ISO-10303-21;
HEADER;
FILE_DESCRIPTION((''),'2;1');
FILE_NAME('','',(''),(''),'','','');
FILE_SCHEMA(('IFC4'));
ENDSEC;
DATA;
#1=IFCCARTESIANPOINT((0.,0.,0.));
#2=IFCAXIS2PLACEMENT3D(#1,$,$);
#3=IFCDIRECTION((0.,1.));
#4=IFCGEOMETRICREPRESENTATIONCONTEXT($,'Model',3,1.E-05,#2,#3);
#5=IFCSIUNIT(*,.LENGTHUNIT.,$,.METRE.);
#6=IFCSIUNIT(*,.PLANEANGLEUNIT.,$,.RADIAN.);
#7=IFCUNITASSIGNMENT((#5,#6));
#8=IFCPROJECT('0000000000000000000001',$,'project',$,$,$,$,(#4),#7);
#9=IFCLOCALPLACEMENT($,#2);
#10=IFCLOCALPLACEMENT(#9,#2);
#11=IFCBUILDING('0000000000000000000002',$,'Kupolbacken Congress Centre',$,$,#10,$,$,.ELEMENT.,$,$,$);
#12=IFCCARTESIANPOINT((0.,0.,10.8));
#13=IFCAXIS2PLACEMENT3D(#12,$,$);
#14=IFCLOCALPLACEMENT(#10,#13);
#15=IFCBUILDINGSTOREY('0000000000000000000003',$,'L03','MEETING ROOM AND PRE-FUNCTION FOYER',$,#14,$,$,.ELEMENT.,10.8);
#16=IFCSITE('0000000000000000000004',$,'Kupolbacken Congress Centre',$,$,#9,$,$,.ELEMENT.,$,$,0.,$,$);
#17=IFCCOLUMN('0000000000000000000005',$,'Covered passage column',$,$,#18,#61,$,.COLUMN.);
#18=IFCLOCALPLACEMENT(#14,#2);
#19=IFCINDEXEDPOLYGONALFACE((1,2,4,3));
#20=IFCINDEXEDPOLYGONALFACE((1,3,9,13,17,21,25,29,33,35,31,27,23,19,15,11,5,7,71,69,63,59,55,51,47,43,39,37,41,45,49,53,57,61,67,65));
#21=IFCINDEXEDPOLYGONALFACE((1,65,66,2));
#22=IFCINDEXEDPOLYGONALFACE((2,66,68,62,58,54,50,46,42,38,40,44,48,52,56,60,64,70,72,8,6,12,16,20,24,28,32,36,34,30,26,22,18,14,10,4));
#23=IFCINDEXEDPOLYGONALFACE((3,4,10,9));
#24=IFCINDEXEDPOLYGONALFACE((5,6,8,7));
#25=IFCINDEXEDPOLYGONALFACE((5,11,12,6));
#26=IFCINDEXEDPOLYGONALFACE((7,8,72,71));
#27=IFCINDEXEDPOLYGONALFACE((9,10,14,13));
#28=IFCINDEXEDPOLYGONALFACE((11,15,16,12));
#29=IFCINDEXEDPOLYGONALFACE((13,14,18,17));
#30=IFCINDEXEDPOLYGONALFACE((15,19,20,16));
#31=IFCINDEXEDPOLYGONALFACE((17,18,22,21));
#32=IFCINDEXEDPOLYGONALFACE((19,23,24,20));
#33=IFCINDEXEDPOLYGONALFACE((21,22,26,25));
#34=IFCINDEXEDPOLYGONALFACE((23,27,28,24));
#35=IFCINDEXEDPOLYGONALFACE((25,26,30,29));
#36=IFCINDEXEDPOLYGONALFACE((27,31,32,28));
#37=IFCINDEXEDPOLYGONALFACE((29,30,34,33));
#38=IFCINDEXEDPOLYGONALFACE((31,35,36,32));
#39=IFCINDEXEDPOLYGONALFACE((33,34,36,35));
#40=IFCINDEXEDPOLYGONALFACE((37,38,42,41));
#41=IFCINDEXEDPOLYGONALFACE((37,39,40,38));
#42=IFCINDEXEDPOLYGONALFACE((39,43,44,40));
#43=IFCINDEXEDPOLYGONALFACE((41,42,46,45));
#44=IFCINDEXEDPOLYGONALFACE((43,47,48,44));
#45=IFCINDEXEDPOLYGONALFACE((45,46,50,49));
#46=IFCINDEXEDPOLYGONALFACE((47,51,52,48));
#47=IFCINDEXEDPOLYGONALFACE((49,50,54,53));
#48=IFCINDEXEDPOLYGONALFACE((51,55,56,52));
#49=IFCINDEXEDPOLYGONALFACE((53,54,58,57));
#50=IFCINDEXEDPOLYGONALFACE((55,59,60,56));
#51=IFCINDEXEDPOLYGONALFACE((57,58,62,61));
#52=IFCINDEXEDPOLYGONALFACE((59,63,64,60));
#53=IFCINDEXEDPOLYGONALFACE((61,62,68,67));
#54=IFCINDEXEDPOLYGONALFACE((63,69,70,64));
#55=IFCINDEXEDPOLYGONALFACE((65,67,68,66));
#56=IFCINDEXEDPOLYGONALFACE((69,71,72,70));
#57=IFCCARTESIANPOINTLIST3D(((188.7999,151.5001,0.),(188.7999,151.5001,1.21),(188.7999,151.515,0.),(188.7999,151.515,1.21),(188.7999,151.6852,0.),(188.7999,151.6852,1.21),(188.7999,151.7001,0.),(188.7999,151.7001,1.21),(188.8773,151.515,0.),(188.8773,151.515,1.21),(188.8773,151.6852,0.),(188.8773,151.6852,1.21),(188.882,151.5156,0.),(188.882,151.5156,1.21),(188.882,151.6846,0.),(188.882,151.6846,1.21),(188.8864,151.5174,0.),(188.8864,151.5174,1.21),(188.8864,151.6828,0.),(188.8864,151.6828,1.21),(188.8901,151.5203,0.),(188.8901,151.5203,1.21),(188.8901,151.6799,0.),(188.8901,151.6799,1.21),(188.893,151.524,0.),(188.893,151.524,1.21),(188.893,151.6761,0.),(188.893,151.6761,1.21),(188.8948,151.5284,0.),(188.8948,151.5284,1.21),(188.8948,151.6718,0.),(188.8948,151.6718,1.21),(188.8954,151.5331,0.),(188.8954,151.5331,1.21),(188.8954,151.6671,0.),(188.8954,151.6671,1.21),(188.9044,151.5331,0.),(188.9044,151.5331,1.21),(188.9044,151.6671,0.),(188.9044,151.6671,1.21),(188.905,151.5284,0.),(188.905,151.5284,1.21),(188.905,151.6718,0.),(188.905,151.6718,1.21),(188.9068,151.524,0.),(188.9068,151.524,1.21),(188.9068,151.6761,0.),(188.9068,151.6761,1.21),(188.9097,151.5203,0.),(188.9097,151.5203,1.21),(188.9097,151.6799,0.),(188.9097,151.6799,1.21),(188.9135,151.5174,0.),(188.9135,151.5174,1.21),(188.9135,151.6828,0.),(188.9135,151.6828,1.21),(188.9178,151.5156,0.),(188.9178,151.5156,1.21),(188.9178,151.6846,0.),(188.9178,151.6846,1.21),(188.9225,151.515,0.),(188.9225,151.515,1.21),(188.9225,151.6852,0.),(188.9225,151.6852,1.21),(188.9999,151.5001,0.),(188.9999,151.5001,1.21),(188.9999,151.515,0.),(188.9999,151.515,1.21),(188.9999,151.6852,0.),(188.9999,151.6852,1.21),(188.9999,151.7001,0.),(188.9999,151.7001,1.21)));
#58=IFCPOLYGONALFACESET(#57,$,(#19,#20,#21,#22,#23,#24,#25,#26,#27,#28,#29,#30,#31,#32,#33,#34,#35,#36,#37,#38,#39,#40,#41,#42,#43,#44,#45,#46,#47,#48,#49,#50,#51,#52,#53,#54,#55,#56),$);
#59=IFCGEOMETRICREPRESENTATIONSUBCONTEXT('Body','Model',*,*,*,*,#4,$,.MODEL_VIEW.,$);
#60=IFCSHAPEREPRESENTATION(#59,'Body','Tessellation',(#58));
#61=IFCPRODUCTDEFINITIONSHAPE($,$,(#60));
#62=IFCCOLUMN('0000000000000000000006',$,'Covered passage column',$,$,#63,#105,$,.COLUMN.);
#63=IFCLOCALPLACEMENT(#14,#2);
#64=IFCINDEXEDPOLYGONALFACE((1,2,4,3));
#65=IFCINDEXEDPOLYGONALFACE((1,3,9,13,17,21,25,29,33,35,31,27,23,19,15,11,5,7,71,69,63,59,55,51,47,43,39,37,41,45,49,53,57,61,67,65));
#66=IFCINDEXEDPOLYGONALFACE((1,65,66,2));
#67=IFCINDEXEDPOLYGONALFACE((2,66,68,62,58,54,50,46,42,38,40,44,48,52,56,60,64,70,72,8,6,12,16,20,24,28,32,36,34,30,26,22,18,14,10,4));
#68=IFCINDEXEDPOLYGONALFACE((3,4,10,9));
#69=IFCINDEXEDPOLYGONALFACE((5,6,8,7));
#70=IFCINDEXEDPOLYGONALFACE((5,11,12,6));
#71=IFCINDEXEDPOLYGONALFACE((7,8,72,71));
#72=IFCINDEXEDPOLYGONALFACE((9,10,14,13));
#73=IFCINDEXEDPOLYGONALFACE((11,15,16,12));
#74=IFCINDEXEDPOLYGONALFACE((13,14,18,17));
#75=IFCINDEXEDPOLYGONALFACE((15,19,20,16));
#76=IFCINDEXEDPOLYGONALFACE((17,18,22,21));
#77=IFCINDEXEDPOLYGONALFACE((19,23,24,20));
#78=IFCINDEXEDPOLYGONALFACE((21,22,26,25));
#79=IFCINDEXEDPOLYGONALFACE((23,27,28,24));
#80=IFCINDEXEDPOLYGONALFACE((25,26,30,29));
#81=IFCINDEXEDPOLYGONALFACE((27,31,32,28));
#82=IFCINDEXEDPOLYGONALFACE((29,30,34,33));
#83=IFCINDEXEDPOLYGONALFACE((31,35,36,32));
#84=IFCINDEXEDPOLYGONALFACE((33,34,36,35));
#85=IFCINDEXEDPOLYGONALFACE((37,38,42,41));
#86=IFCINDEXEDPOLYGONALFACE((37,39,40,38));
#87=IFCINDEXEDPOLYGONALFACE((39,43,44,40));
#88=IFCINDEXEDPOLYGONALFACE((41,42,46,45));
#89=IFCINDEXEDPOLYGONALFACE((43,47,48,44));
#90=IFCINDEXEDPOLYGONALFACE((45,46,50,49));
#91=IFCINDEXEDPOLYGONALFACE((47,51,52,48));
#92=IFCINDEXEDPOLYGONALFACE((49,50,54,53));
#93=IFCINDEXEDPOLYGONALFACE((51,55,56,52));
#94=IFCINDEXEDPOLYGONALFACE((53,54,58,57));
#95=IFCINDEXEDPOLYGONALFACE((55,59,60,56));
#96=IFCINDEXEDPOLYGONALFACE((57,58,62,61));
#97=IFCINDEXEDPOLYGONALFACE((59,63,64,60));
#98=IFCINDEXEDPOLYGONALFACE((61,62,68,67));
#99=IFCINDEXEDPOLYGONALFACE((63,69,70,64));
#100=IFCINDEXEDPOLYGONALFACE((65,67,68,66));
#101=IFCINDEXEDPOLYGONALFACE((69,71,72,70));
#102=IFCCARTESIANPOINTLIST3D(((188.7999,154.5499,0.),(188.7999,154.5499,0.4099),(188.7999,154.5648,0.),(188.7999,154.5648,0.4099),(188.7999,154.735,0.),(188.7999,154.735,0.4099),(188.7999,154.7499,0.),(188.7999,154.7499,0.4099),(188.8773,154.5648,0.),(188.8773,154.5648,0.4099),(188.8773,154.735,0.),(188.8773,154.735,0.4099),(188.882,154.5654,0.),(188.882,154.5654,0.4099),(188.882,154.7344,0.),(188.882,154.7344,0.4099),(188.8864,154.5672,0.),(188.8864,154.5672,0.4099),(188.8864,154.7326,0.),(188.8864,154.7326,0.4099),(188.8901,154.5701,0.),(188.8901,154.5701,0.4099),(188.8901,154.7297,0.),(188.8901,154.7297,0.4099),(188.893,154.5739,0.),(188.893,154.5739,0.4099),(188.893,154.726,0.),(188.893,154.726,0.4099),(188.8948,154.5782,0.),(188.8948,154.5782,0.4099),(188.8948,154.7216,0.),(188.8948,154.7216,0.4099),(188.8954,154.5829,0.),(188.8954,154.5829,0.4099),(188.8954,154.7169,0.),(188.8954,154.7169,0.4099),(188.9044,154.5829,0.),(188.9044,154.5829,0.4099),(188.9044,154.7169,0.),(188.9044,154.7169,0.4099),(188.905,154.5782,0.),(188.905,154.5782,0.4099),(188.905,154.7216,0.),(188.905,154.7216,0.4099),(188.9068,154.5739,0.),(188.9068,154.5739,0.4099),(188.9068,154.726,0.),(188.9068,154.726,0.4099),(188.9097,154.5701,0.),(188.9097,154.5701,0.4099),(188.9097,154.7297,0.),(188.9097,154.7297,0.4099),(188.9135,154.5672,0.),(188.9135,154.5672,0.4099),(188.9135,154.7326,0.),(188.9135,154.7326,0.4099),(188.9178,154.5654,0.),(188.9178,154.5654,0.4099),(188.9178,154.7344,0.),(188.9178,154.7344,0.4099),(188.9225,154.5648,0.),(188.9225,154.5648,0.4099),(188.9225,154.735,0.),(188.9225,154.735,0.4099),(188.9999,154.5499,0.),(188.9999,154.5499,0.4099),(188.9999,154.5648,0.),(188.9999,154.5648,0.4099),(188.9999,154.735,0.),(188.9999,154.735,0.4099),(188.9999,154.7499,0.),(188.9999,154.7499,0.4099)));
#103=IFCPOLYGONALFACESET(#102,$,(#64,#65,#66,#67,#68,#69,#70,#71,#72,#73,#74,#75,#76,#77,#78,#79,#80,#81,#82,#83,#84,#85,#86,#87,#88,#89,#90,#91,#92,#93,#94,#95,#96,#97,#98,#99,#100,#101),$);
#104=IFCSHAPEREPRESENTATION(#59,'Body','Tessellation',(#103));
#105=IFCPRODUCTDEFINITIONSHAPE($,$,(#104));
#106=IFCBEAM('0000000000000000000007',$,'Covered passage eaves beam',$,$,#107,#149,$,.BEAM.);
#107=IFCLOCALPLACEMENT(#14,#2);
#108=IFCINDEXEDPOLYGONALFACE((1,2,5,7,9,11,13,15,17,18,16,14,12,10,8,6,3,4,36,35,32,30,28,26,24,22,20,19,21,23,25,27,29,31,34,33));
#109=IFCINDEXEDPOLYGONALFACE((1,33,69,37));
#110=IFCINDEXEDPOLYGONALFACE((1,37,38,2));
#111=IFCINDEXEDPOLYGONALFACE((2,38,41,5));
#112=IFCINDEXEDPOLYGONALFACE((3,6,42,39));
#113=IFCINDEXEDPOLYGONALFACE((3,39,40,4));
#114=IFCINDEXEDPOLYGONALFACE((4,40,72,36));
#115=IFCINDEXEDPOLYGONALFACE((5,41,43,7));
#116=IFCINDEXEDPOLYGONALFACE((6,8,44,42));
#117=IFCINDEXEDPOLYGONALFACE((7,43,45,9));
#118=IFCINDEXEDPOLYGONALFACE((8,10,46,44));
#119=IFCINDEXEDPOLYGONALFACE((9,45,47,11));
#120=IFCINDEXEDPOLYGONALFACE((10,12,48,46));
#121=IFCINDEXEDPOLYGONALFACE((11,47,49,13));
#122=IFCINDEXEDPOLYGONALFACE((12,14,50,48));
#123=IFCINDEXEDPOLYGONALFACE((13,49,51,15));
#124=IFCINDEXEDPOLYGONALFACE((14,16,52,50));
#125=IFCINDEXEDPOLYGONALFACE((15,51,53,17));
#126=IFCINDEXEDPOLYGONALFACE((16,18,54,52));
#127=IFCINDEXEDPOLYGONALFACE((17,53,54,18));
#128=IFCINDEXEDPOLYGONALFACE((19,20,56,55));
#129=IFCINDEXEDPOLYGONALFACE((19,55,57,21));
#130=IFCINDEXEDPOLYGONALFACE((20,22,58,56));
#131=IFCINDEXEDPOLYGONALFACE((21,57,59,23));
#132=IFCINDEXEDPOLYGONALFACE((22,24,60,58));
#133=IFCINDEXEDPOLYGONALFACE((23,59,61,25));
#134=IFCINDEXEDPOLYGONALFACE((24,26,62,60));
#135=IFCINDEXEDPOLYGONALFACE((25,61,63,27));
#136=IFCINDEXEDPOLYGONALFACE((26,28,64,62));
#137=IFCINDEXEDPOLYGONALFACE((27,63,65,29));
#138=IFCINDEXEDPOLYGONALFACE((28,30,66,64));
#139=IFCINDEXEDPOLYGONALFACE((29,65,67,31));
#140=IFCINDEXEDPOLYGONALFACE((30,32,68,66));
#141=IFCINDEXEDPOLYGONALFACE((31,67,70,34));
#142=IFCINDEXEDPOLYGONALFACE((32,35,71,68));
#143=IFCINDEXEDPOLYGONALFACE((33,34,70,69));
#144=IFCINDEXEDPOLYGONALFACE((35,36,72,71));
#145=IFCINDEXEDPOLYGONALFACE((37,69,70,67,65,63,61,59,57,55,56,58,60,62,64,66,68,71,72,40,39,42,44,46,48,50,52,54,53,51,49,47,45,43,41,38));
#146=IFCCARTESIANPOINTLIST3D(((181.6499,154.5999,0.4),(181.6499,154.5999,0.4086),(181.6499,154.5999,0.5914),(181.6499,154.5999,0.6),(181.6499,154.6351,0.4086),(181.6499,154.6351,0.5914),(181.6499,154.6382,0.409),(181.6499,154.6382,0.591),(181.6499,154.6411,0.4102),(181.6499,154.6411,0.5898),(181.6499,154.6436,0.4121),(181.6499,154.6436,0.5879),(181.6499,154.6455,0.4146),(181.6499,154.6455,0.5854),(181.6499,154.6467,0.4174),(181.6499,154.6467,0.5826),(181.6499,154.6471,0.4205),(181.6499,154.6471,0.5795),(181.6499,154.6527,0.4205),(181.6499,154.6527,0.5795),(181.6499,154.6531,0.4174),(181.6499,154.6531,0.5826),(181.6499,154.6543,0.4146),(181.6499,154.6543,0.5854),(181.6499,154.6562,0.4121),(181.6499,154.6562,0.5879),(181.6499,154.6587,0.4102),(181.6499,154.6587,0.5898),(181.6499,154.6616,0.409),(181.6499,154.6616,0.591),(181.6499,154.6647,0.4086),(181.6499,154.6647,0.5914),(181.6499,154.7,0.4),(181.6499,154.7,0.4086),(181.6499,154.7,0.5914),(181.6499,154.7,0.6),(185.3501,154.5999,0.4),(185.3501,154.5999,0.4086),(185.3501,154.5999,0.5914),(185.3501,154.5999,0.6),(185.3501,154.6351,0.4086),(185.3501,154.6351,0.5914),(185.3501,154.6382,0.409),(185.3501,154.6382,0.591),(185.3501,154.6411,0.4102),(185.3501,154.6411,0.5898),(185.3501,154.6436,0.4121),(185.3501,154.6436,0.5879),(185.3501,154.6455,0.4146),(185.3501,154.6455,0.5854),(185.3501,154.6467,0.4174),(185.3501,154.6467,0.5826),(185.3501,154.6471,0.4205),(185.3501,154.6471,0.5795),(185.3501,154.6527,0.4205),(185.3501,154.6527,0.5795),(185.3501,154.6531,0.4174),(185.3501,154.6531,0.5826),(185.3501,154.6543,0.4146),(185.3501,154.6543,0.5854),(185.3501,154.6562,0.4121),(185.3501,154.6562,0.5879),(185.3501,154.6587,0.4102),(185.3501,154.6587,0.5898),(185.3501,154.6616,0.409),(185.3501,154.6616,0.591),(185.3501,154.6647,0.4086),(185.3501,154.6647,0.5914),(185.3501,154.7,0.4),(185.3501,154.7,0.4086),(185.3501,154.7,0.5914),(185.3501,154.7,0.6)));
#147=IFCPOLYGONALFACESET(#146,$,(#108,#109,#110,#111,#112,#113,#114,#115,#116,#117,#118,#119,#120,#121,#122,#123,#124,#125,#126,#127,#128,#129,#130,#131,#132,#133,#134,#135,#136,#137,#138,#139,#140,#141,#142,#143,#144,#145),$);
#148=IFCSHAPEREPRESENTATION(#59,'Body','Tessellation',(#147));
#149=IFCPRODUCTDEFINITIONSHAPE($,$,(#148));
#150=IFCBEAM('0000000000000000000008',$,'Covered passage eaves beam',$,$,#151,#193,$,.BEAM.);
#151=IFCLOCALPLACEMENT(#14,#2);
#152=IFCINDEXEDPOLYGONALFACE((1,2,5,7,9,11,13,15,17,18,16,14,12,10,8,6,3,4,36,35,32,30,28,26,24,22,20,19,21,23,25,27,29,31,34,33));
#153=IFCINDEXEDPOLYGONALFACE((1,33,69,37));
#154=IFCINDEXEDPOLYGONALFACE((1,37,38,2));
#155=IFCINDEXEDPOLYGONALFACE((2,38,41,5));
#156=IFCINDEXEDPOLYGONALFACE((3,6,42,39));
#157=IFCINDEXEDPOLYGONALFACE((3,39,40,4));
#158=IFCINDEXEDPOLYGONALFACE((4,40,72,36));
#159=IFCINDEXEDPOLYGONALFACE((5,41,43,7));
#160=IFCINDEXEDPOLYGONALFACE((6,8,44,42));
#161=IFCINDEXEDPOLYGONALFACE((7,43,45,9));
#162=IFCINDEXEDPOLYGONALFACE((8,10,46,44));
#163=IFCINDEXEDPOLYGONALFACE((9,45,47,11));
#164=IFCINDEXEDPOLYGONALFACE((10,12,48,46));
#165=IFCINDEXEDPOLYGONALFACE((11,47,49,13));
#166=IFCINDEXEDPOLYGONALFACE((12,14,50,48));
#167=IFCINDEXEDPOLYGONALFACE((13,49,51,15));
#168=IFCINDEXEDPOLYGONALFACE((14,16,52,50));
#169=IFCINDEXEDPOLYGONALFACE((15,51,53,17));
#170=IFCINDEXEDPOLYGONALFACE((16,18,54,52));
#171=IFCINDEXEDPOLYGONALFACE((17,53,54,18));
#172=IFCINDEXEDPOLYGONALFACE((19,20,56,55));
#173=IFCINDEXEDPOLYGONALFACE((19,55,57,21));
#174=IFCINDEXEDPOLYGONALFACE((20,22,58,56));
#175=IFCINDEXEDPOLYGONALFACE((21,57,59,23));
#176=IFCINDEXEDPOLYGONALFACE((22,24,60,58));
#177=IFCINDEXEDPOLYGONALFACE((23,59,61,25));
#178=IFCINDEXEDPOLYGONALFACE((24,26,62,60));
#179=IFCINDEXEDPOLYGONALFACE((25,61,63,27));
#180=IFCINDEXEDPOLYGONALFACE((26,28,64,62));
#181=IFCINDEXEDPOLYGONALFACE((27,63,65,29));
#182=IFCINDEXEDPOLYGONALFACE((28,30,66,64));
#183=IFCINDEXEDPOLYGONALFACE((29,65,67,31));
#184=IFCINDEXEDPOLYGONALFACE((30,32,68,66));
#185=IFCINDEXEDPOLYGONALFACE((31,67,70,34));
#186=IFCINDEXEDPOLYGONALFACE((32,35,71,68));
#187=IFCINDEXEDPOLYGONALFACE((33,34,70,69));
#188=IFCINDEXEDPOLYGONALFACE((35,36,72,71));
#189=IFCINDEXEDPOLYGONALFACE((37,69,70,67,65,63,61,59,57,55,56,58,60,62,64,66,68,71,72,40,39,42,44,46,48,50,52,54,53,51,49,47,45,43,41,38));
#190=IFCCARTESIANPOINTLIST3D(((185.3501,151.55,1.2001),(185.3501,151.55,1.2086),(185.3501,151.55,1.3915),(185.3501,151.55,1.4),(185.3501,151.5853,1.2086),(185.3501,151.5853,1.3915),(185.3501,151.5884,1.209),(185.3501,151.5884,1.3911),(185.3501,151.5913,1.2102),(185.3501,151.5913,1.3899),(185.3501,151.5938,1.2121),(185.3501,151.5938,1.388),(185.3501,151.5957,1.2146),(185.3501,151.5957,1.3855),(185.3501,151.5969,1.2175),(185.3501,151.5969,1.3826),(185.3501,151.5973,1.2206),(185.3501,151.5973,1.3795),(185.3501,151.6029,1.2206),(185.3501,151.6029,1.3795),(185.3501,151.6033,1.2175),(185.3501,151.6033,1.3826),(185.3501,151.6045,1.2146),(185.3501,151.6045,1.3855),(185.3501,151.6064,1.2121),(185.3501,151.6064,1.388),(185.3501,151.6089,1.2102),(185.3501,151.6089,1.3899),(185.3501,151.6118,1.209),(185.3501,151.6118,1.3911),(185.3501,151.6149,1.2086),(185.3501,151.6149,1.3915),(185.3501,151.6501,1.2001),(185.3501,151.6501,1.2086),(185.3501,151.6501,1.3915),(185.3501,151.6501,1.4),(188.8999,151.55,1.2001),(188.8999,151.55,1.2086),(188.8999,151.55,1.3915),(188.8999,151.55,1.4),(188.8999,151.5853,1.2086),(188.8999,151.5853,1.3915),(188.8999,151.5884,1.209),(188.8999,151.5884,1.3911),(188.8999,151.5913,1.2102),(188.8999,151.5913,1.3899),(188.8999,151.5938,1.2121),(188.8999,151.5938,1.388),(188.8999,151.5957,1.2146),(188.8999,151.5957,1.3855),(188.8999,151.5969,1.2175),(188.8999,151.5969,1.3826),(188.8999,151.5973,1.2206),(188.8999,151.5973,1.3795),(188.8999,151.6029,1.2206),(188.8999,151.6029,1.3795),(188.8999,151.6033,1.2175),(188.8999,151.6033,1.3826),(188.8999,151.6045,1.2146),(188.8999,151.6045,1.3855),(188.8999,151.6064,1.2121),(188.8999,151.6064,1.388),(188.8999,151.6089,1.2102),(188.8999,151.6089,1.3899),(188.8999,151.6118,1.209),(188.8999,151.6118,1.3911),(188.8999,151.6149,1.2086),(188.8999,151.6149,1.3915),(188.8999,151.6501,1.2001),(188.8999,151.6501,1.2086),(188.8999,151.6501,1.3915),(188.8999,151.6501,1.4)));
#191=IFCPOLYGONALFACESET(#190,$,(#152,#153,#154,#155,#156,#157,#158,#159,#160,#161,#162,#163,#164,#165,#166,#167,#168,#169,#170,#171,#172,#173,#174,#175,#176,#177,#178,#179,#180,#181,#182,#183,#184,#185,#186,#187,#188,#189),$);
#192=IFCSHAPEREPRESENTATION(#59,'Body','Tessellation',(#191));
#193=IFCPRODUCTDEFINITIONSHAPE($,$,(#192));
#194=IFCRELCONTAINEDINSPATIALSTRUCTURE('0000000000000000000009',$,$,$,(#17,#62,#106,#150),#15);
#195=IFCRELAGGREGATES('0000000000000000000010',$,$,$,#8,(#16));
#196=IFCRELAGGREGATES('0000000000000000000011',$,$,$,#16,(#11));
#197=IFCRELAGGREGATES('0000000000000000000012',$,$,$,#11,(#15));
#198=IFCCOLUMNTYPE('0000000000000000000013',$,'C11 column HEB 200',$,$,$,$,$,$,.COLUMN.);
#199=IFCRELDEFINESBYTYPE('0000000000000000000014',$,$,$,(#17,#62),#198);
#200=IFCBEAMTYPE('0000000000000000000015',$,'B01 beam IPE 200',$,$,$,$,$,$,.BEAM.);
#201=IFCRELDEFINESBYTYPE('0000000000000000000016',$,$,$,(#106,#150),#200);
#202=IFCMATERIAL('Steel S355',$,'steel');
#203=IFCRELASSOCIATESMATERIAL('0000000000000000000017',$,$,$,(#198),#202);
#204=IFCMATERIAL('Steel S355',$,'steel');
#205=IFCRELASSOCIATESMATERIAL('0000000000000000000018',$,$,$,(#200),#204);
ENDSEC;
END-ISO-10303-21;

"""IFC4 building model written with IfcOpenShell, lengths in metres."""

from ifc_helpers import new_model, si_unit, direction, frame, origin, origin_2d, place, context, subcontext, project, spatial, i_section, extrude, material, material_profile, profile_set, type_object, element, save


model = new_model("IFC4")

# Units and contexts
model_context = context("Model", 3, precision=1e-05, world=origin(), true_north=direction((0.0, 1.0)))
body_context = subcontext(model_context, "Body", "Model", "MODEL_VIEW")
ifc_project = project(units=[si_unit("LENGTHUNIT", "METRE"), si_unit("PLANEANGLEUNIT", "RADIAN")], contexts=[model_context])

# Site, building, storey
site_placement = place(None, origin())
site = spatial("IfcSite", under=ifc_project, at=site_placement, Name="Kupolbacken Congress Centre", CompositionType="ELEMENT", RefElevation=0.0)
building_placement = place(site_placement, origin())
building = spatial("IfcBuilding", under=site, at=building_placement, Name="Kupolbacken Congress Centre", CompositionType="ELEMENT")
storey_placement = place(building_placement, frame((0.0, 0.0, 10.8)))
storey = spatial("IfcBuildingStorey", under=building, at=storey_placement, Name="L03", Description="MEETING ROOM AND PRE-FUNCTION FOYER", CompositionType="ELEMENT", Elevation=10.8)

# Columns
ifc_material_1 = material(Name="Steel S355", Category="steel")
ifc_material_profile_1 = material_profile(ifc_material_1, i_section(OverallWidth=0.2, OverallDepth=0.2, WebThickness=0.009, FlangeThickness=0.0149, FilletRadius=0.0181, at=origin_2d()), Name="HEB 200")
ifc_profile_set_1 = profile_set([ifc_material_profile_1], Name="Steel S355")
column_type_1 = type_object("IfcColumnType", Name="C11 column HEB 200", PredefinedType="COLUMN", material=ifc_profile_set_1)
column_1_placement = place(storey_placement, frame((188.8999, 151.6001, 0.0), z_axis=(0.0, 0.0, 1.0), x_axis=(1.0, 0.0, 0.0)))
element("IfcColumn", 1, at=column_1_placement, inside=storey, type_object=column_type_1, Name="Covered passage column", PredefinedType="COLUMN", context=body_context, shape_type="SweptSolid", body=[
    extrude(i_section(OverallWidth=0.2, OverallDepth=0.2, WebThickness=0.009, FlangeThickness=0.0149, FilletRadius=0.0181, at=origin_2d()), origin(), (0.0, 0.0, 1.0), 1.21),
])
column_2_placement = place(storey_placement, frame((188.8999, 154.6499, 0.0), z_axis=(0.0, 0.0, 1.0), x_axis=(1.0, 0.0, 0.0)))
element("IfcColumn", 2, at=column_2_placement, inside=storey, type_object=column_type_1, Name="Covered passage column", PredefinedType="COLUMN", context=body_context, shape_type="SweptSolid", body=[
    extrude(i_section(OverallWidth=0.2, OverallDepth=0.2, WebThickness=0.009, FlangeThickness=0.0149, FilletRadius=0.0181, at=origin_2d()), origin(), (0.0, 0.0, 1.0), 0.4099),
])

# Beams
ifc_material_2 = material(Name="Steel S355", Category="steel")
ifc_material_profile_2 = material_profile(ifc_material_2, i_section(OverallWidth=0.1001, OverallDepth=0.2, WebThickness=0.0056, FlangeThickness=0.0085, FilletRadius=0.012, at=origin_2d()), Name="IPE 200")
ifc_profile_set_2 = profile_set([ifc_material_profile_2], Name="Steel S355")
beam_type = type_object("IfcBeamType", Name="B01 beam IPE 200", PredefinedType="BEAM", material=ifc_profile_set_2)
beam_1_placement = place(storey_placement, frame((181.6499, 154.6499, 0.5), z_axis=(1.0, 0.0, 0.0), x_axis=(0.0, 1.0, 0.0)))
element("IfcBeam", 3, at=beam_1_placement, inside=storey, type_object=beam_type, Name="Covered passage eaves beam", PredefinedType="BEAM", context=body_context, shape_type="SweptSolid", body=[
    extrude(i_section(OverallWidth=0.1001, OverallDepth=0.2, WebThickness=0.0056, FlangeThickness=0.0085, FilletRadius=0.012, at=origin_2d()), origin(), (0.0, 0.0, 1.0), 3.7002),
])
for number, where, z_axis, x_axis, name in (
    (4, (185.3501, 151.6001, 1.3), (1.0, 0.0, 0.0), (0.0, 1.0, 0.0), "Covered passage eaves beam"),
):
    element("IfcBeam", number, at=place(storey_placement, frame(where, z_axis=z_axis, x_axis=x_axis)), inside=storey, type_object=beam_type, Name=name, PredefinedType="BEAM", context=body_context, shape_type="SweptSolid", body=[
        extrude(i_section(OverallWidth=0.1001, OverallDepth=0.2, WebThickness=0.0056, FlangeThickness=0.0085, FilletRadius=0.012, at=origin_2d()), origin(), (0.0, 0.0, 1.0), 3.5498),
    ])

save(model, "model.ifc")
